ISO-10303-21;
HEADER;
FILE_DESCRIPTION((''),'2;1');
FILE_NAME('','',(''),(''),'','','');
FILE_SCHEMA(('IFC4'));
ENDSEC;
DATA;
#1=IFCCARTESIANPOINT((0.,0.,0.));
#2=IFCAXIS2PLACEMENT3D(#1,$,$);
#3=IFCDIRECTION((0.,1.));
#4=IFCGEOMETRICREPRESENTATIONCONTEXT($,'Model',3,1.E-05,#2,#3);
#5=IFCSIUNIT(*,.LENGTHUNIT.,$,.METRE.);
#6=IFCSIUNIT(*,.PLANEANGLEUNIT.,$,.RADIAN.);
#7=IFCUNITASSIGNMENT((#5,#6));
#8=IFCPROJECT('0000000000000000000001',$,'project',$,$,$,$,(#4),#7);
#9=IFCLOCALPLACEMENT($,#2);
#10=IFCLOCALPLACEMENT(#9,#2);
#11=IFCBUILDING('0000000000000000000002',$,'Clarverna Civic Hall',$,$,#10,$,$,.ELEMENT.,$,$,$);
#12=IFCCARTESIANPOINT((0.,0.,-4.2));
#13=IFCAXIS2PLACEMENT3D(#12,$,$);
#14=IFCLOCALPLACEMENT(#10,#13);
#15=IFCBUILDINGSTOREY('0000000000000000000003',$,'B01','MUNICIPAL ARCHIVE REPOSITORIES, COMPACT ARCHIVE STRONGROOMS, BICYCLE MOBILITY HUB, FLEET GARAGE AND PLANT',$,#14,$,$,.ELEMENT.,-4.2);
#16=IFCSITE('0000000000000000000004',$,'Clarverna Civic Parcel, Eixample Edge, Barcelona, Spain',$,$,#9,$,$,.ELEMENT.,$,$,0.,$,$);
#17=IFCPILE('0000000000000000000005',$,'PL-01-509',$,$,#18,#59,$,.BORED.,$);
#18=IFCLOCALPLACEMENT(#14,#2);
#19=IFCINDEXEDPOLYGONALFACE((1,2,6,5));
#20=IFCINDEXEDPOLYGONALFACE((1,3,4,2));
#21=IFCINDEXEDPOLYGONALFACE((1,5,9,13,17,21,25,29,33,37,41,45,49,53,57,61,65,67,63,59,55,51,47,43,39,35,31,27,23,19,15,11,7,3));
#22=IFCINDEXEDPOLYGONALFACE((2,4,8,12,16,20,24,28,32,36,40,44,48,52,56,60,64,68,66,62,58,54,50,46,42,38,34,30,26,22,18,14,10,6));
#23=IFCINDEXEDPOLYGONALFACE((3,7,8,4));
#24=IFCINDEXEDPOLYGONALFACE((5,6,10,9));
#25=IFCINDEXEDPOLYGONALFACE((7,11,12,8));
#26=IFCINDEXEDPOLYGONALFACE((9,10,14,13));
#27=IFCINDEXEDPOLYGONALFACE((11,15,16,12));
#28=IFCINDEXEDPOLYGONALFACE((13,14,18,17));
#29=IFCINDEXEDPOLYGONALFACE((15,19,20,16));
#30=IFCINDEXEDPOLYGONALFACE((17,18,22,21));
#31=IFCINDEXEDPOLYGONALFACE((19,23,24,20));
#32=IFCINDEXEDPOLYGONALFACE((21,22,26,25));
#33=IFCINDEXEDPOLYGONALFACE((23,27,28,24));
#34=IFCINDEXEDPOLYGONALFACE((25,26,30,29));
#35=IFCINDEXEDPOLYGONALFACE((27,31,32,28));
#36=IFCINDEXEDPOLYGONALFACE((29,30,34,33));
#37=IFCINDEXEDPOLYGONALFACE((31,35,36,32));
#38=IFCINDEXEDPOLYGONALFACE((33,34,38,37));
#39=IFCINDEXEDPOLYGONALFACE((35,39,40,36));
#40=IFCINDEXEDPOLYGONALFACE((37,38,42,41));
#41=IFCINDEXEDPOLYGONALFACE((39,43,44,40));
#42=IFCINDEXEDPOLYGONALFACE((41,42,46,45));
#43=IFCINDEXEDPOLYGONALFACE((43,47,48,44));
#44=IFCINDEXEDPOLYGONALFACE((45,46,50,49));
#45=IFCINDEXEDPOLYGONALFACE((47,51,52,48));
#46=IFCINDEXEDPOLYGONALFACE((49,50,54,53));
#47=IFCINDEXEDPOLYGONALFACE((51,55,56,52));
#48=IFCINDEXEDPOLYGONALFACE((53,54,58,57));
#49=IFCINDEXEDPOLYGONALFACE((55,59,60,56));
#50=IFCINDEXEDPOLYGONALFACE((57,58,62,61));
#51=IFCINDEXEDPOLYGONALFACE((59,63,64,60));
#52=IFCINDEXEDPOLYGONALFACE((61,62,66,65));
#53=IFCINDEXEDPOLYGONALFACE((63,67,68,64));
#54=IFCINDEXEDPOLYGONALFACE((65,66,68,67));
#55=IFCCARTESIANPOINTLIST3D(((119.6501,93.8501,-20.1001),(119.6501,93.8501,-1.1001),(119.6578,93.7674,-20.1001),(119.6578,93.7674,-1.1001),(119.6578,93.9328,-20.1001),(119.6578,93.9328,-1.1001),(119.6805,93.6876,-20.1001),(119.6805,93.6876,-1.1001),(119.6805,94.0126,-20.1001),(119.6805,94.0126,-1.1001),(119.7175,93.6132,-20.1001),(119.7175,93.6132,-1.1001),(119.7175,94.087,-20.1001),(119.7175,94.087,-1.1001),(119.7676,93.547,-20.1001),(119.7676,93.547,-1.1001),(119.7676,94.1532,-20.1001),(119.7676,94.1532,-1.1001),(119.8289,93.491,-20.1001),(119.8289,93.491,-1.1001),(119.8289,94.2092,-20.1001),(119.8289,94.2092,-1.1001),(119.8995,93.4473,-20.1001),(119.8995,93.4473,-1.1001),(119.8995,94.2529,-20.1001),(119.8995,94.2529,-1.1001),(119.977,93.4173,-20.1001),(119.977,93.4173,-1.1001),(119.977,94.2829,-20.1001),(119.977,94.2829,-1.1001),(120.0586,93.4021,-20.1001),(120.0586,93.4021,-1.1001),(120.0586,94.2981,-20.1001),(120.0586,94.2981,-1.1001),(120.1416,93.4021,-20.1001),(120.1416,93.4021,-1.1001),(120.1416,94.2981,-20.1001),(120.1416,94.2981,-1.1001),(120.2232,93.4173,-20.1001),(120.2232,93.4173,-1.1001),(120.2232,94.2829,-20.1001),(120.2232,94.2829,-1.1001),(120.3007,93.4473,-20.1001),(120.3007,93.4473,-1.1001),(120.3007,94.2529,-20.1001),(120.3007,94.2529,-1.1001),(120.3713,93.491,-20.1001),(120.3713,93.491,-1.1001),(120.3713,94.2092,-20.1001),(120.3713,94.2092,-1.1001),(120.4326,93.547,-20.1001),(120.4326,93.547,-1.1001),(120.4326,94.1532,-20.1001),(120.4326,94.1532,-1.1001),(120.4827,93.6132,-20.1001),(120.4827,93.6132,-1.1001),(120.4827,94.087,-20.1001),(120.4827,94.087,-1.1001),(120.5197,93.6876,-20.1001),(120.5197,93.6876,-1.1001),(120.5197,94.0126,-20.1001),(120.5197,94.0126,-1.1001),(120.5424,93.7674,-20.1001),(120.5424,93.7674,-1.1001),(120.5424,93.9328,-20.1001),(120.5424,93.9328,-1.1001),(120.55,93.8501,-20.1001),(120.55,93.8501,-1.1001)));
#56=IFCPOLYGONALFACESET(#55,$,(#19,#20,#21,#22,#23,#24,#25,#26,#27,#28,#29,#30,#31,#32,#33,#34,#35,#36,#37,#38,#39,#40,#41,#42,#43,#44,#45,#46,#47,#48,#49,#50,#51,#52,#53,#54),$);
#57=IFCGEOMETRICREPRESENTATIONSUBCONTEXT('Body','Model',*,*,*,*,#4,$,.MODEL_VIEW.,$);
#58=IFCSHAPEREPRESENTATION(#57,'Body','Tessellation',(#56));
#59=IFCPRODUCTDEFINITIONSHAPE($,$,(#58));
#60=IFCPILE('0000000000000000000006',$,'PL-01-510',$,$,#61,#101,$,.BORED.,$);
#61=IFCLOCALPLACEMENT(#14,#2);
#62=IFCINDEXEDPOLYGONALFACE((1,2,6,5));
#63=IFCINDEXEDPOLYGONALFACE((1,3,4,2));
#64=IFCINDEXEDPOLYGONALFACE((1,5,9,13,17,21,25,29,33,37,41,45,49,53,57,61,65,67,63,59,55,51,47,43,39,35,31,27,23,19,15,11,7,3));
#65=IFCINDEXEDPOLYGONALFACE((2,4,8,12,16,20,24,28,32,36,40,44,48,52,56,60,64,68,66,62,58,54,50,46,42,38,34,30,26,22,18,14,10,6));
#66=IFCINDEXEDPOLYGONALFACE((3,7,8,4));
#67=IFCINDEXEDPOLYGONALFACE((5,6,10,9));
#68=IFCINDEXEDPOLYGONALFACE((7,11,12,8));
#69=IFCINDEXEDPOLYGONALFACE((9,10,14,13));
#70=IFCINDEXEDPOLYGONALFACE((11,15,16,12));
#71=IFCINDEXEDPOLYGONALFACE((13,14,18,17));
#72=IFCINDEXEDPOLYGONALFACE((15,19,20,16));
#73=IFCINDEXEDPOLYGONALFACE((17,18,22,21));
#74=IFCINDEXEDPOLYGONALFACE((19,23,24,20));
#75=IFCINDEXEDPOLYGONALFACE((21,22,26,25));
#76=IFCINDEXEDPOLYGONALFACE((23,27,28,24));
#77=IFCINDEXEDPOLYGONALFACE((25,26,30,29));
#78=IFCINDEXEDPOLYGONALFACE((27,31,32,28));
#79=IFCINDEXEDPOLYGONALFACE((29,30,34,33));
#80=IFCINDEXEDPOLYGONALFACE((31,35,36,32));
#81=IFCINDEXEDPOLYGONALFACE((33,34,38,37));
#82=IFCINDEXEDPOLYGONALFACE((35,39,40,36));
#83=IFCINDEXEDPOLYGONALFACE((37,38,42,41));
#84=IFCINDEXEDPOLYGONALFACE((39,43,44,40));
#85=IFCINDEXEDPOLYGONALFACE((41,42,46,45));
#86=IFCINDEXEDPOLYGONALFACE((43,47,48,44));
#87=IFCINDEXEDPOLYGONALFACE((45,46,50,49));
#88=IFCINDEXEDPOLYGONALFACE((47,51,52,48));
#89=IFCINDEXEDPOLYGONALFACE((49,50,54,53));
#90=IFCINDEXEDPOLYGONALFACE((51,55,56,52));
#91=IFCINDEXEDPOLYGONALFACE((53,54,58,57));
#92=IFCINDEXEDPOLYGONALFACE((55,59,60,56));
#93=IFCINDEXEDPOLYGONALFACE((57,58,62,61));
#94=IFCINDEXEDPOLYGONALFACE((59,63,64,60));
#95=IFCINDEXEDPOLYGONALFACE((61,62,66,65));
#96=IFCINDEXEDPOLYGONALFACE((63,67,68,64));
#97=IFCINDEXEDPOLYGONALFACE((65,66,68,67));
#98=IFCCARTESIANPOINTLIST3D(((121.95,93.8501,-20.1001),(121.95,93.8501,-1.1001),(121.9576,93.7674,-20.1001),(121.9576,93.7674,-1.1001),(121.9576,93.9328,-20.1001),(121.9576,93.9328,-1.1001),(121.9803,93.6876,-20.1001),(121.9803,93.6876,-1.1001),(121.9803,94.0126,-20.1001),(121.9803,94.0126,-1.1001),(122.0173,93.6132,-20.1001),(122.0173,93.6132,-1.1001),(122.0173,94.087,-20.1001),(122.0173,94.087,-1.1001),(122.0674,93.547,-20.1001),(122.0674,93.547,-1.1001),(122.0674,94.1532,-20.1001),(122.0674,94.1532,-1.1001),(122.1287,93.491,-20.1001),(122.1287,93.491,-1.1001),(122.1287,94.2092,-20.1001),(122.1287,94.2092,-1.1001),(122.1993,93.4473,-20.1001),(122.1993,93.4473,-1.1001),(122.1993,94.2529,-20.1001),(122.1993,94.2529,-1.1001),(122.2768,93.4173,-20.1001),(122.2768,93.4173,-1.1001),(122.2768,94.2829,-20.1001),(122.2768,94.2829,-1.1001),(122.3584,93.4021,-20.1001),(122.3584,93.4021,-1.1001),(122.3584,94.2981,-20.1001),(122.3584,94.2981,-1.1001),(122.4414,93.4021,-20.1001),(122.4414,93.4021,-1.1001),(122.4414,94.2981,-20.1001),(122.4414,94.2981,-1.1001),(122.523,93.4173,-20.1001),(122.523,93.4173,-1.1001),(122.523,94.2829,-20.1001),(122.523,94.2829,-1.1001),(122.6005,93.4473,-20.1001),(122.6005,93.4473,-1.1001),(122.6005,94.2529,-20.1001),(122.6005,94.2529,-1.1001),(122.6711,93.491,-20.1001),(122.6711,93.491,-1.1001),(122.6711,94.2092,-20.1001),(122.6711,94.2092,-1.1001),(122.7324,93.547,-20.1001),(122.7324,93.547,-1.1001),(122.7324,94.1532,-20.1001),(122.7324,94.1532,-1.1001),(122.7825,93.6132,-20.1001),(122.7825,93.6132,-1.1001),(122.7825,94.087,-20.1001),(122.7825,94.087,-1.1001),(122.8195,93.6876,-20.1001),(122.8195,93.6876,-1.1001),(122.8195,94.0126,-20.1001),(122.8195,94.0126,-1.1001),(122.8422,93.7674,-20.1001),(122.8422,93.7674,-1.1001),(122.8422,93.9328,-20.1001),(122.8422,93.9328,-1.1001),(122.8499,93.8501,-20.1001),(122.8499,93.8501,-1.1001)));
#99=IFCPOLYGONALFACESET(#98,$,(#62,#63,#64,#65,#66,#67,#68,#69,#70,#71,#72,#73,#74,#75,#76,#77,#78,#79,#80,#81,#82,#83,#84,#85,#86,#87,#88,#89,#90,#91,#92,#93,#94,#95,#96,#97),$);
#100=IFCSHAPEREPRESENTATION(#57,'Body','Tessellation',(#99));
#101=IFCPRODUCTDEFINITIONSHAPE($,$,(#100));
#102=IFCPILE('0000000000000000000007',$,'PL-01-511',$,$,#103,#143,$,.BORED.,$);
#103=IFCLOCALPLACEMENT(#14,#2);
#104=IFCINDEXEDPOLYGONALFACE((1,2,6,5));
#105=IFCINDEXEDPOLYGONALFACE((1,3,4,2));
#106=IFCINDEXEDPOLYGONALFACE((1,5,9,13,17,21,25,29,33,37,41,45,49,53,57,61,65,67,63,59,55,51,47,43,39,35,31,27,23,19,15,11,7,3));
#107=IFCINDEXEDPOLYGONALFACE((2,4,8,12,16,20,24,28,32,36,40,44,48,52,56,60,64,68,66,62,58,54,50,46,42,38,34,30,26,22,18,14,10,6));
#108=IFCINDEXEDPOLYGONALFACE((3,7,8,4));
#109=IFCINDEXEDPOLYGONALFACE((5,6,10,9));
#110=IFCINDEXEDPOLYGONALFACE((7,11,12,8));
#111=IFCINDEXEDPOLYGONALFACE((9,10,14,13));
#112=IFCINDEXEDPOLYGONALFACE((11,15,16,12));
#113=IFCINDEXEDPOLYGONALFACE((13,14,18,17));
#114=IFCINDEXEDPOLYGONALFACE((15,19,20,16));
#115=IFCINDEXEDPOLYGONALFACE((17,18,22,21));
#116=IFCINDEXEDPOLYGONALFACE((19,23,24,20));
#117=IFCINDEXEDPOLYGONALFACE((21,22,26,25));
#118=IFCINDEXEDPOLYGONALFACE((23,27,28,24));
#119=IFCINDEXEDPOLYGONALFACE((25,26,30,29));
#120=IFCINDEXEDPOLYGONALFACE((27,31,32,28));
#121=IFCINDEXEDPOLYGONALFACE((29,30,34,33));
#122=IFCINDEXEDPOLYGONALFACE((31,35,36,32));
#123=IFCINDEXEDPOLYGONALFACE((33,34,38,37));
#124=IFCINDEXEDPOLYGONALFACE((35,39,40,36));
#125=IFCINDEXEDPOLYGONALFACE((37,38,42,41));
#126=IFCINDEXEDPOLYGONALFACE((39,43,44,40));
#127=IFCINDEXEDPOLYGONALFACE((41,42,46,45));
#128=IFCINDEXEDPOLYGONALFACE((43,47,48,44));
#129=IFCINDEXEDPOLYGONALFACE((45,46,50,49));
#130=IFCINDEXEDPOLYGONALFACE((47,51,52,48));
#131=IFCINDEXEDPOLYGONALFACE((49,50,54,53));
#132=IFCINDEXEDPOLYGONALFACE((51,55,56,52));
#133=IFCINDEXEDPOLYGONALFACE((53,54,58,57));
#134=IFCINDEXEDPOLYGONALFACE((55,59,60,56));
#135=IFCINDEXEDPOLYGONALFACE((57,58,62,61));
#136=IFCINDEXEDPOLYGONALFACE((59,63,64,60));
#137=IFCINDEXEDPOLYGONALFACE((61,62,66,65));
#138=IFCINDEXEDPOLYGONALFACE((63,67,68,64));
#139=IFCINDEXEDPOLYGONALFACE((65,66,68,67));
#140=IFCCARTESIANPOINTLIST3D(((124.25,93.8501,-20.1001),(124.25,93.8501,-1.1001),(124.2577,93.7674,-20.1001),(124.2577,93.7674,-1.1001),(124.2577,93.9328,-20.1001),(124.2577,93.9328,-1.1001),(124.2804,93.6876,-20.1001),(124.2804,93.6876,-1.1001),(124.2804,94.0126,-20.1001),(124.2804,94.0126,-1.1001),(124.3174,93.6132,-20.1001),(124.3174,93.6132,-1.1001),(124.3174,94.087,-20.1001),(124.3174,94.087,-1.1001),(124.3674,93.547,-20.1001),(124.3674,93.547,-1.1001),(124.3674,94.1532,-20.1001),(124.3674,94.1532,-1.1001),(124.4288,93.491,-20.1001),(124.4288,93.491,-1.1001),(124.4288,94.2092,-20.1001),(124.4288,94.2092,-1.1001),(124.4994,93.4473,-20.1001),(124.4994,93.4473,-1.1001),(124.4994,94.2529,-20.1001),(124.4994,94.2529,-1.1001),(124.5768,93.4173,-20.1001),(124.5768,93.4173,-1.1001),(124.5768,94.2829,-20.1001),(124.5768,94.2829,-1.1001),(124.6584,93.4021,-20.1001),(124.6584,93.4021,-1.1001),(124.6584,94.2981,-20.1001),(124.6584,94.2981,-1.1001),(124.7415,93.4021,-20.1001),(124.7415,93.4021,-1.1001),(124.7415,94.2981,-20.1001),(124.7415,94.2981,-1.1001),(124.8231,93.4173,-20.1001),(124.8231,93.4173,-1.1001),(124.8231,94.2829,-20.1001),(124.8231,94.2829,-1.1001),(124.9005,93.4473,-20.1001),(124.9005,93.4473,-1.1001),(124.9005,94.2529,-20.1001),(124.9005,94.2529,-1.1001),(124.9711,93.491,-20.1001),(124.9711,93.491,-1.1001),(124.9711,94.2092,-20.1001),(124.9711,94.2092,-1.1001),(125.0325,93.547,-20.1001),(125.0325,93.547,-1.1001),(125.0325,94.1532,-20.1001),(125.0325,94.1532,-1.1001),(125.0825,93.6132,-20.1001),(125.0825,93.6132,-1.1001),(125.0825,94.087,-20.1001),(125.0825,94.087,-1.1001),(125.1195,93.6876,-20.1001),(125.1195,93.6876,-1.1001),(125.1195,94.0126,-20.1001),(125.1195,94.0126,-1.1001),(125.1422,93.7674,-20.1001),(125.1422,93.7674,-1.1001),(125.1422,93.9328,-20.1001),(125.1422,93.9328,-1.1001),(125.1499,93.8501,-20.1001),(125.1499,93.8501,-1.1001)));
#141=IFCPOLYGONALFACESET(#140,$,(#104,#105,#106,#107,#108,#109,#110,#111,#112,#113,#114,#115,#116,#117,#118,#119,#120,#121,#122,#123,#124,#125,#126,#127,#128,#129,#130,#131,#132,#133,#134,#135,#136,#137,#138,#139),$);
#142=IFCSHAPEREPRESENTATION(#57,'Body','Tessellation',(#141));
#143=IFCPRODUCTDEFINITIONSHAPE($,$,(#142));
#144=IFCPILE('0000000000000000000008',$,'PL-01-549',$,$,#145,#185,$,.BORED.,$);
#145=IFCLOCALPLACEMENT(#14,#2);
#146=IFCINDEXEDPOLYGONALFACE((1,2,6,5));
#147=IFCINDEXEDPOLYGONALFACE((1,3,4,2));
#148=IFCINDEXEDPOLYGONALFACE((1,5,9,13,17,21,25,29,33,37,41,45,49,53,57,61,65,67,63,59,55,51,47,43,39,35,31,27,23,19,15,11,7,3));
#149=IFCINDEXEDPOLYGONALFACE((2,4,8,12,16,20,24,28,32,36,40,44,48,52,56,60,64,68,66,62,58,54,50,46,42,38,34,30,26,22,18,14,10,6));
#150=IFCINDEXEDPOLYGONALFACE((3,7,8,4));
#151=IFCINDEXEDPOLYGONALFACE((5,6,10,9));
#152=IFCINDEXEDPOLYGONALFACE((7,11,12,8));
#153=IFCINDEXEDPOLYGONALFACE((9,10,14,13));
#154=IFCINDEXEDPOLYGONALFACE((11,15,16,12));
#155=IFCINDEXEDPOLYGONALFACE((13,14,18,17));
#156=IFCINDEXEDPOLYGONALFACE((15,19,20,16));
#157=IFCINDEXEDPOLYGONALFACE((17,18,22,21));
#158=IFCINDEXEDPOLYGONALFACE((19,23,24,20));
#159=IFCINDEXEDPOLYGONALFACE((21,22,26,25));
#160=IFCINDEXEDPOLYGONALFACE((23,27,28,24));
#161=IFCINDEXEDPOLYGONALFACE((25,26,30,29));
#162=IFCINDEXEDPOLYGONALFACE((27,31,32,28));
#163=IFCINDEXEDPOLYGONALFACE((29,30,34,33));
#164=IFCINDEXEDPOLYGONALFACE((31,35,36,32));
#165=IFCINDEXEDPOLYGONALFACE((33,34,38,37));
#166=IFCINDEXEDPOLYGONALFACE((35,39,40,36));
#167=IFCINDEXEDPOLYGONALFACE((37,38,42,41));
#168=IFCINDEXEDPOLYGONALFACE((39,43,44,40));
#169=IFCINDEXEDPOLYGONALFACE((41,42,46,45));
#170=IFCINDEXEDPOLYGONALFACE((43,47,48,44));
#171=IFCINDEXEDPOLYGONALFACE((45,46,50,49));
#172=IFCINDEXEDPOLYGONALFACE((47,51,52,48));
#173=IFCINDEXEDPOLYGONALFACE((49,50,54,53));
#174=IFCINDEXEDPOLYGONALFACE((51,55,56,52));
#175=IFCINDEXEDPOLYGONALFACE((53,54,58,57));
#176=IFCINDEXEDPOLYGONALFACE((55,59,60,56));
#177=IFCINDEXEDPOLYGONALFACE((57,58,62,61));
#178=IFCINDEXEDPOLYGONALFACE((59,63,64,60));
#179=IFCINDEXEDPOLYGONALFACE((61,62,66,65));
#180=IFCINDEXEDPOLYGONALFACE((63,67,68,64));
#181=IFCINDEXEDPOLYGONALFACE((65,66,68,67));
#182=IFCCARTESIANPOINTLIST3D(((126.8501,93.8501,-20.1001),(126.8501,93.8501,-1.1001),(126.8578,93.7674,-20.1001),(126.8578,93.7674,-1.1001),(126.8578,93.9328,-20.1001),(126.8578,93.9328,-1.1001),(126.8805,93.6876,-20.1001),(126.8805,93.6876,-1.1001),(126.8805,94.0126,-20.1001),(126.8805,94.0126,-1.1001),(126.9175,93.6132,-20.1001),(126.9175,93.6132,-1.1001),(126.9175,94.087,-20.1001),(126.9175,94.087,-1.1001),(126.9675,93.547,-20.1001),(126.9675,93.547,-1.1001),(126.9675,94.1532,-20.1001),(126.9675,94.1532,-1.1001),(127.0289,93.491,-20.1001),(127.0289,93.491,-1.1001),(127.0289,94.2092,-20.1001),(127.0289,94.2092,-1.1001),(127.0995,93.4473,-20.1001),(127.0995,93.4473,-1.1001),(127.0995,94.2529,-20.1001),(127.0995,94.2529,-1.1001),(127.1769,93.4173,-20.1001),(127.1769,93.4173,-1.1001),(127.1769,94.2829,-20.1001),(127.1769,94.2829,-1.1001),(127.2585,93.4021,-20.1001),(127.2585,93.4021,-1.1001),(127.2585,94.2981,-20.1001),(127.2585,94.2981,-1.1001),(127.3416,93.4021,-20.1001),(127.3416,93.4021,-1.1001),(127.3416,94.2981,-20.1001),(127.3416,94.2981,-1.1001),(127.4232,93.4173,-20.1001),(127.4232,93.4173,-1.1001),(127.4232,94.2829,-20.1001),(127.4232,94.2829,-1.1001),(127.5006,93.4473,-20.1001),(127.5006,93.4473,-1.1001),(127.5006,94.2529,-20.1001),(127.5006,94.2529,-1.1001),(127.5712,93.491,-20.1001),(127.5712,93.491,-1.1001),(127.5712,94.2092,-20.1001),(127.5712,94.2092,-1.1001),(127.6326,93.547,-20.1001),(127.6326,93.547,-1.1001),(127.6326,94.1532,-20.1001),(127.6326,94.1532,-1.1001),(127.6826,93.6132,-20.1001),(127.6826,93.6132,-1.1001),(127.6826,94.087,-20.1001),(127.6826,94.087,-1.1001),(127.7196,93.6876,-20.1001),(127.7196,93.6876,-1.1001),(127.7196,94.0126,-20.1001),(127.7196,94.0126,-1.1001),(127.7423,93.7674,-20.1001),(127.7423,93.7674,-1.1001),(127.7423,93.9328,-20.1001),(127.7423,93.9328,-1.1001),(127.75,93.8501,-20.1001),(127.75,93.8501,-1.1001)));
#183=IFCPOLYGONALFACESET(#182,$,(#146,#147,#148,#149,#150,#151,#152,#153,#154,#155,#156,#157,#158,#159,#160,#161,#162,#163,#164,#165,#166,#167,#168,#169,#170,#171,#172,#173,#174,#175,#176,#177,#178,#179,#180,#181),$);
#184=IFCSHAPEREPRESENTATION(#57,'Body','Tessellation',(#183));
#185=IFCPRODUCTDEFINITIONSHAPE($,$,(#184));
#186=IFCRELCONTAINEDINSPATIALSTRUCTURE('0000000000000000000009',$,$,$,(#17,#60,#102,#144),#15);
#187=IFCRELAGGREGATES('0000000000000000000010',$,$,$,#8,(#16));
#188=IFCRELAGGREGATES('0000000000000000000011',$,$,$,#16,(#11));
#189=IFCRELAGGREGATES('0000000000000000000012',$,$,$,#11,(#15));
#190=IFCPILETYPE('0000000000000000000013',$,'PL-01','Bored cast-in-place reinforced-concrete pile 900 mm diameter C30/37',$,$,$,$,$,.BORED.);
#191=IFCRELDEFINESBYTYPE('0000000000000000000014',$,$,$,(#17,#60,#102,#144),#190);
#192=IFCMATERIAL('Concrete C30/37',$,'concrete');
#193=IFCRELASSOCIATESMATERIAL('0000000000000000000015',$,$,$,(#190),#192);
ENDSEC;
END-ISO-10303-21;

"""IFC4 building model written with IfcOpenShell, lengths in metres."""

from ifc_helpers import new_model, si_unit, direction, frame, origin, origin_2d, place, context, subcontext, project, spatial, circle, extrude, material, material_profile, profile_set, type_object, element, save


model = new_model("IFC4")

# Units and contexts
model_context = context("Model", 3, precision=1e-05, world=origin(), true_north=direction((0.0, 1.0)))
body_context = subcontext(model_context, "Body", "Model", "MODEL_VIEW")
ifc_project = project(units=[si_unit("LENGTHUNIT", "METRE"), si_unit("PLANEANGLEUNIT", "RADIAN")], contexts=[model_context])

# Site, building, storey
site_placement = place(None, origin())
site = spatial("IfcSite", under=ifc_project, at=site_placement, Name="Clarverna Civic Parcel, Eixample Edge, Barcelona, Spain", CompositionType="ELEMENT", RefElevation=0.0)
building_placement = place(site_placement, origin())
building = spatial("IfcBuilding", under=site, at=building_placement, Name="Clarverna Civic Hall", CompositionType="ELEMENT")
storey_placement = place(building_placement, frame((0.0, 0.0, -4.2)))
storey = spatial("IfcBuildingStorey", under=building, at=storey_placement, Name="B01", Description="MUNICIPAL ARCHIVE REPOSITORIES, COMPACT ARCHIVE STRONGROOMS, BICYCLE MOBILITY HUB, FLEET GARAGE AND PLANT", CompositionType="ELEMENT", Elevation=-4.2)

# Shared definitions
ifc_material_1 = material(Name="Concrete C30/37", Category="concrete")

# Piles
ifc_material_profile_1 = material_profile(ifc_material_1, circle(Radius=0.45, at=origin_2d()), Name="BORED PILE D900")
ifc_profile_set_1 = profile_set([ifc_material_profile_1], Name="Concrete C30/37")
pile_type_1 = type_object("IfcPileType", Name="PL-01", Description="Bored cast-in-place reinforced-concrete pile 900 mm diameter C30/37", PredefinedType="BORED", material=ifc_profile_set_1)
for number, where, z_axis, x_axis, name in (
    (1, (120.1001, 93.8501, -1.1001), (0.0, 0.0, -1.0), (1.0, 0.0, 0.0), "PL-01-509"),
    (2, (122.3999, 93.8501, -1.1001), (0.0, 0.0, -1.0), (1.0, 0.0, 0.0), "PL-01-510"),
    (3, (124.7, 93.8501, -1.1001), (0.0, 0.0, -1.0), (1.0, 0.0, 0.0), "PL-01-511"),
    (4, (127.3, 93.8501, -1.1001), (0.0, 0.0, -1.0), (1.0, 0.0, 0.0), "PL-01-549"),
):
    element("IfcPile", number, at=place(storey_placement, frame(where, z_axis=z_axis, x_axis=x_axis)), inside=storey, type_object=pile_type_1, Name=name, PredefinedType="BORED", context=body_context, shape_type="SweptSolid", body=[
        extrude(circle(Radius=0.45, at=origin_2d()), origin(), (0.0, 0.0, 1.0), 19.0),
    ])

save(model, "model.ifc")
